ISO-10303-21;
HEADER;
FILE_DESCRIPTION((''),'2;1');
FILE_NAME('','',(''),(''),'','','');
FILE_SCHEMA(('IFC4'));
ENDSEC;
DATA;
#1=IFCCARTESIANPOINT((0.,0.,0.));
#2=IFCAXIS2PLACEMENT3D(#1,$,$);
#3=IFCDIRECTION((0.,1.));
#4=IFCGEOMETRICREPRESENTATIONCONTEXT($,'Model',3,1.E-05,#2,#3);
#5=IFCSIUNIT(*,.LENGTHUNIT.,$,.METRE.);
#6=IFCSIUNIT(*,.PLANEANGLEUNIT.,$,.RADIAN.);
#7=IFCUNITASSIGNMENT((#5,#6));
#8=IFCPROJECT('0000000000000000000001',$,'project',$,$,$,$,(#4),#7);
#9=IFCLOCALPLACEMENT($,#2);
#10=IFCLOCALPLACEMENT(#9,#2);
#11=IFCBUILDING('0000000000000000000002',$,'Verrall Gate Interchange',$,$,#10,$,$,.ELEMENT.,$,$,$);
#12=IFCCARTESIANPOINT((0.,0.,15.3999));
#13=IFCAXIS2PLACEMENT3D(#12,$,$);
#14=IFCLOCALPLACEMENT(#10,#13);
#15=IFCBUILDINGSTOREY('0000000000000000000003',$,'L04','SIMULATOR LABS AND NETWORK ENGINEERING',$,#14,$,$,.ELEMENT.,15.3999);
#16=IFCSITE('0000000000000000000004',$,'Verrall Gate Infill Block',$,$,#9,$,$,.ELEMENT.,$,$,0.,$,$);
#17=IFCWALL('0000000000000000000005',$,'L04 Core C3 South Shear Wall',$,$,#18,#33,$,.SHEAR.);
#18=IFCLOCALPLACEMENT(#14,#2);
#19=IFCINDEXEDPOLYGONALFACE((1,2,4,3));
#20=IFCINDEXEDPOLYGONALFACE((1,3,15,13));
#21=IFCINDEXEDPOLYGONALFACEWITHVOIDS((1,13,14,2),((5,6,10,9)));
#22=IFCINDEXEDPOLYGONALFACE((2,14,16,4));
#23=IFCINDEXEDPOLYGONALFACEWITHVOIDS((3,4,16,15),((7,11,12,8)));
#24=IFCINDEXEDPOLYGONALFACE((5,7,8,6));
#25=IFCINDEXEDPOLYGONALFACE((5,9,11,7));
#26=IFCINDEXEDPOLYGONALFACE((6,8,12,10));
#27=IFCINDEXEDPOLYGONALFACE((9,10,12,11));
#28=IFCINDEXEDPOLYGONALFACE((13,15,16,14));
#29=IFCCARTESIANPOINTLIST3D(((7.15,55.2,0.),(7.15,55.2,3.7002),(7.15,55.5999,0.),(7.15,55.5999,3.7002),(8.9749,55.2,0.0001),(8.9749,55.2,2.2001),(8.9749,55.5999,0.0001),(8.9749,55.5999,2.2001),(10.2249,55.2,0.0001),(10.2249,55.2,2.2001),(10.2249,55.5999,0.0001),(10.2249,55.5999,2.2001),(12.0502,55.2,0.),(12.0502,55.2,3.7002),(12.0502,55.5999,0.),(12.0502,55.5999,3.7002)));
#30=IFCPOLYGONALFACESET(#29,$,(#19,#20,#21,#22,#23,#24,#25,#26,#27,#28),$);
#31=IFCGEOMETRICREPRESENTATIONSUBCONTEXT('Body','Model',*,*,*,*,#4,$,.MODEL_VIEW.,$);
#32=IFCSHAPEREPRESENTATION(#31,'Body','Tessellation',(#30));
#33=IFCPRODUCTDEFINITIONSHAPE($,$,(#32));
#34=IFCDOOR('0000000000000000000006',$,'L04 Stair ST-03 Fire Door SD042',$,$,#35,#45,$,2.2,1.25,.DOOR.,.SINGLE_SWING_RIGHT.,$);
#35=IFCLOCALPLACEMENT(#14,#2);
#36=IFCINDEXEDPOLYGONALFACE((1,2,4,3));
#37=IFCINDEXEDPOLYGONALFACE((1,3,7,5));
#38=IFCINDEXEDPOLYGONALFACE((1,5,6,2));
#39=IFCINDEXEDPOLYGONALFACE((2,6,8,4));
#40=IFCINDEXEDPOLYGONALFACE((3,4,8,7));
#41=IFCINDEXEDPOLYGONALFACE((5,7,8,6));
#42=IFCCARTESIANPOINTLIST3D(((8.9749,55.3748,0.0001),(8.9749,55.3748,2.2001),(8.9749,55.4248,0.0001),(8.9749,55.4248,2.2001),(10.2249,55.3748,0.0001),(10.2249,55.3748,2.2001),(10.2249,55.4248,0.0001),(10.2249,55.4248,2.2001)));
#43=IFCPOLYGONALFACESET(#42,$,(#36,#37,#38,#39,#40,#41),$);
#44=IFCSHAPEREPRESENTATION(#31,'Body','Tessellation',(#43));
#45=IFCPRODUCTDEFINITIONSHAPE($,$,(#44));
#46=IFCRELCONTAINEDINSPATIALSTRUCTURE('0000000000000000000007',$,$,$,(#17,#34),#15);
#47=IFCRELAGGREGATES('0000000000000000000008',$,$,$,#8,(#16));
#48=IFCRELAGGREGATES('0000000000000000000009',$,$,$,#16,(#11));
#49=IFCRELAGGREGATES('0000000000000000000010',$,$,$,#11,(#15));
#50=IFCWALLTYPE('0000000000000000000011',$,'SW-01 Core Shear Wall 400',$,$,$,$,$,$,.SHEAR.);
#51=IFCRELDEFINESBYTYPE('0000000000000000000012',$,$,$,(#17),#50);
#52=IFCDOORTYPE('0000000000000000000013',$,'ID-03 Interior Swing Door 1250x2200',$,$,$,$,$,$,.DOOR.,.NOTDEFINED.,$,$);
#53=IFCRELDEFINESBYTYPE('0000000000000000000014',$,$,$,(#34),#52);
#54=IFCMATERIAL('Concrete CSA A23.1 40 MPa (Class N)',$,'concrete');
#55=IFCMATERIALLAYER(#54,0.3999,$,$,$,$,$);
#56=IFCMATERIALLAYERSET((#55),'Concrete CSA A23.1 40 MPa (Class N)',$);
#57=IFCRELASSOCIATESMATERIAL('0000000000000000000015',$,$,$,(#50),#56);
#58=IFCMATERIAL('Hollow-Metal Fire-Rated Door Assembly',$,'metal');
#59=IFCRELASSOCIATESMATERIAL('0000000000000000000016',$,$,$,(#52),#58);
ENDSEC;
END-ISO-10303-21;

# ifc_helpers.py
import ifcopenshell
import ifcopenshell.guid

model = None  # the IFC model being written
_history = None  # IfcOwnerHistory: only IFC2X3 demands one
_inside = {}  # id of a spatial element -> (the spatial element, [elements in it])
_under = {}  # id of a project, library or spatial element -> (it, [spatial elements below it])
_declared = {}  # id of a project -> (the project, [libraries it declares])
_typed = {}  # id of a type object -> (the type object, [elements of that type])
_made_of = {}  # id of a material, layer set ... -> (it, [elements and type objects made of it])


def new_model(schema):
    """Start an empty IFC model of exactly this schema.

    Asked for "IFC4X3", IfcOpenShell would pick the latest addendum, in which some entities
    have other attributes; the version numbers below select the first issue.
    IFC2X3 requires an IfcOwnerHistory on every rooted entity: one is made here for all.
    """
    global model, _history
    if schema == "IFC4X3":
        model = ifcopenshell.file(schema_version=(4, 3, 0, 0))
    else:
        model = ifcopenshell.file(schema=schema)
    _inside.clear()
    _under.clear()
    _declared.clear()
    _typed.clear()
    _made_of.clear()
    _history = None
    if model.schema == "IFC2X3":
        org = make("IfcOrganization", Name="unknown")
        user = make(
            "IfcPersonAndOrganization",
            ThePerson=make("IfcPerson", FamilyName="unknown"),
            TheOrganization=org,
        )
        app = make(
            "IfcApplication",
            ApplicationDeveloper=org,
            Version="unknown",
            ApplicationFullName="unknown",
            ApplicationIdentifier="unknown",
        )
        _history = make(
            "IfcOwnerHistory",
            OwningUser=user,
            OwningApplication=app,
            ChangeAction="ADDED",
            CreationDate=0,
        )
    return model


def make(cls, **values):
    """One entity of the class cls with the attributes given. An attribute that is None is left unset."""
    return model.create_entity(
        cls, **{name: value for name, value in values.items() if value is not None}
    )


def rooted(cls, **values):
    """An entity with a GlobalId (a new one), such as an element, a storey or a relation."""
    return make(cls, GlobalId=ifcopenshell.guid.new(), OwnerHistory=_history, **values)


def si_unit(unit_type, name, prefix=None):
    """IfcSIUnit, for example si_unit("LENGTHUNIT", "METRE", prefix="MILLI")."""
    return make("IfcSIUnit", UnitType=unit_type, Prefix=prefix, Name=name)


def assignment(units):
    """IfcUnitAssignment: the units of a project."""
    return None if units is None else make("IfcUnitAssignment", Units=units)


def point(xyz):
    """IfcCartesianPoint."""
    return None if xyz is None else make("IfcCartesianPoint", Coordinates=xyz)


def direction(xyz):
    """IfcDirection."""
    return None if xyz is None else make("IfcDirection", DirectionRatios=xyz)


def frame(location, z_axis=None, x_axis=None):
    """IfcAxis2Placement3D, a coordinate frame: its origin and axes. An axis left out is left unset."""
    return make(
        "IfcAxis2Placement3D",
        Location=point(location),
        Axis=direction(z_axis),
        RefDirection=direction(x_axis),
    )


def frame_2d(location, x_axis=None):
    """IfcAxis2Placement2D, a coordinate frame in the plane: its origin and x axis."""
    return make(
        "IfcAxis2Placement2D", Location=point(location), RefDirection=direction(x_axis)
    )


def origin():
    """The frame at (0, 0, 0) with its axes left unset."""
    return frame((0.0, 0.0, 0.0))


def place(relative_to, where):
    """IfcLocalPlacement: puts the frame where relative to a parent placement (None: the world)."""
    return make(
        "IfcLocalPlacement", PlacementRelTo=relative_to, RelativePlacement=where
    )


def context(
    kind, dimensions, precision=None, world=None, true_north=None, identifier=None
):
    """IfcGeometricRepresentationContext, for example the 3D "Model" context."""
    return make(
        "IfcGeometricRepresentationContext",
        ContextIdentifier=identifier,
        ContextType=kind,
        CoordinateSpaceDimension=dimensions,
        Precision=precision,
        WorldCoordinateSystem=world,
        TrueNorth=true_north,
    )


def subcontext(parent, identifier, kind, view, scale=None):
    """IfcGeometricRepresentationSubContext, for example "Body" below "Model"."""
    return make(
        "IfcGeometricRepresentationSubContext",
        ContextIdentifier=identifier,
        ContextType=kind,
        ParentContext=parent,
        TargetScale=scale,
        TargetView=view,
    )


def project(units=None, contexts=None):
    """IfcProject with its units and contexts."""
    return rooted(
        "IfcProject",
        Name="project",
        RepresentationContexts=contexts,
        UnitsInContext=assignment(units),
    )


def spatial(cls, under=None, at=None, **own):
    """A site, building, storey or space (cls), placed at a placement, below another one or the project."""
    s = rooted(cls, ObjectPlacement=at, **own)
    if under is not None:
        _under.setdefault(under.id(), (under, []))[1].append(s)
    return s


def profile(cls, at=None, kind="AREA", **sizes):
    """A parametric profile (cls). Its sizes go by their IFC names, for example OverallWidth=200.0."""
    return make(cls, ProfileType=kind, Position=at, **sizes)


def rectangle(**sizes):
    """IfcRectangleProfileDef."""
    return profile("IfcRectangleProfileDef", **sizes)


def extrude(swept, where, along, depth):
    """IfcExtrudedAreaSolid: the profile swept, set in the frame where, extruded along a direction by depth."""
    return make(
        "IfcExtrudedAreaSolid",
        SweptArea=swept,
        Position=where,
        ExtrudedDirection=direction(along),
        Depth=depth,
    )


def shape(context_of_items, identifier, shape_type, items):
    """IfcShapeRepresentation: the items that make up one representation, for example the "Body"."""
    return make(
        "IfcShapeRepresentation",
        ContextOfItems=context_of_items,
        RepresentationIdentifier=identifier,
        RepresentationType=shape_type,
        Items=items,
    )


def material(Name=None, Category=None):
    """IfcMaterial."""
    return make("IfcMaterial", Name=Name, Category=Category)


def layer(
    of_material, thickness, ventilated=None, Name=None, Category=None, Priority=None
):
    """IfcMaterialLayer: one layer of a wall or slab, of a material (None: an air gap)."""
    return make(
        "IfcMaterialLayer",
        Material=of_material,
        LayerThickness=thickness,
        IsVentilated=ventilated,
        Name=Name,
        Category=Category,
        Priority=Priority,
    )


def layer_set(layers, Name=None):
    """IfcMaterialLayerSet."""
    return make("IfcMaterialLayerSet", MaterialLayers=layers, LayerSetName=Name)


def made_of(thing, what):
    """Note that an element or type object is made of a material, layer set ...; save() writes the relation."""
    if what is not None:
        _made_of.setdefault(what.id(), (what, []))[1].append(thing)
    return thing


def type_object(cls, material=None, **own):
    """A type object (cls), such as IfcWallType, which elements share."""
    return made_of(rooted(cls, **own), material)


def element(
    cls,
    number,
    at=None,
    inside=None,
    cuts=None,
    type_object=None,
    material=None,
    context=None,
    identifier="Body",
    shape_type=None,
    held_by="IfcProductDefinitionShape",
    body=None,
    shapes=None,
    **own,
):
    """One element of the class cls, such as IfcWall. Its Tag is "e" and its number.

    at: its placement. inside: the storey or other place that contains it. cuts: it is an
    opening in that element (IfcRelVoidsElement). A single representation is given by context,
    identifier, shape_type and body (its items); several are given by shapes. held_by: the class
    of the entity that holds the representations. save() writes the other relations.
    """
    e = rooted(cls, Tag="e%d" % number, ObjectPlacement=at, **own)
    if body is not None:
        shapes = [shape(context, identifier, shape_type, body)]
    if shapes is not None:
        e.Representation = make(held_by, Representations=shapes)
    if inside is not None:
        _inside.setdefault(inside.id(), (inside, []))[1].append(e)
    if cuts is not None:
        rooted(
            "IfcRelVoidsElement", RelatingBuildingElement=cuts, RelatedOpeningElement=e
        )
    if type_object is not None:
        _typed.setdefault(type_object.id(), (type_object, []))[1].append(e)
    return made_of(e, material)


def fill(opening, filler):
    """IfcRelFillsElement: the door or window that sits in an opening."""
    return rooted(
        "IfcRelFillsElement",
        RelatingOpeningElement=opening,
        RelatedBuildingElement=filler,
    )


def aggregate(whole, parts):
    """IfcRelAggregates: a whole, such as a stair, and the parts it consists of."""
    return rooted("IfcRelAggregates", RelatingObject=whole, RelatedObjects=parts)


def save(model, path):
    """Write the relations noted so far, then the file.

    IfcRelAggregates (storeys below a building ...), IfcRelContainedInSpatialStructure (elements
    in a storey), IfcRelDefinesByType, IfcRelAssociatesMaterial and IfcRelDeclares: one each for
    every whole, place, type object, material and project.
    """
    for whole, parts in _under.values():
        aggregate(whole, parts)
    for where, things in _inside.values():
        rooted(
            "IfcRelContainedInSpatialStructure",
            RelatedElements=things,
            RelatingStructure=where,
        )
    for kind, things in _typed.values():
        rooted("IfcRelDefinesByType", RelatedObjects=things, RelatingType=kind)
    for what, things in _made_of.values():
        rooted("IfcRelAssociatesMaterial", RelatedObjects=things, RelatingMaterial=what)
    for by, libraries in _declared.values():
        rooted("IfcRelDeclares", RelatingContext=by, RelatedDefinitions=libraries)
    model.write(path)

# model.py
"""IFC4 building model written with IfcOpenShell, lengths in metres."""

from ifc_helpers import new_model, si_unit, direction, frame, frame_2d, origin, place, context, subcontext, project, spatial, rectangle, extrude, material, layer, layer_set, type_object, element, fill, save


model = new_model("IFC4")

# Units and contexts
model_context = context("Model", 3, precision=1e-05, world=origin(), true_north=direction((0.0, 1.0)))
body_context = subcontext(model_context, "Body", "Model", "MODEL_VIEW")
ifc_project = project(units=[si_unit("LENGTHUNIT", "METRE"), si_unit("PLANEANGLEUNIT", "RADIAN")], contexts=[model_context])

# Site, building, storey
site_placement = place(None, origin())
site = spatial("IfcSite", under=ifc_project, at=site_placement, Name="Verrall Gate Infill Block", CompositionType="ELEMENT", RefElevation=0.0)
building_placement = place(site_placement, origin())
building = spatial("IfcBuilding", under=site, at=building_placement, Name="Verrall Gate Interchange", CompositionType="ELEMENT")
storey_placement = place(building_placement, frame((0.0, 0.0, 15.3999)))
storey = spatial("IfcBuildingStorey", under=building, at=storey_placement, Name="L04", Description="SIMULATOR LABS AND NETWORK ENGINEERING", CompositionType="ELEMENT", Elevation=15.3999)

# Wall, opening, door
ifc_material_1 = material(Name="Concrete CSA A23.1 40 MPa (Class N)", Category="concrete")
ifc_layer_1 = layer(ifc_material_1, 0.3999)
ifc_layer_set_1 = layer_set([ifc_layer_1], Name="Concrete CSA A23.1 40 MPa (Class N)")
wall_type_1 = type_object("IfcWallType", Name="SW-01 Core Shear Wall 400", PredefinedType="SHEAR", material=ifc_layer_set_1)
wall_1_placement = place(storey_placement, frame((7.1499, 55.3999, 0.0), z_axis=(0.0, 0.0, 1.0), x_axis=(1.0, 0.0, 0.0)))
wall_1 = element("IfcWall", 1, at=wall_1_placement, inside=storey, type_object=wall_type_1, Name="L04 Core C3 South Shear Wall", PredefinedType="SHEAR", context=body_context, shape_type="SweptSolid", body=[
    extrude(rectangle(XDim=4.9001, YDim=0.3999, at=frame_2d((2.4502, 0.0))), origin(), (0.0, 0.0, 1.0), 3.7002),
])
opening_placement = place(wall_1_placement, frame((1.825, 0.0, 0.0)))
opening = element("IfcOpeningElement", 2, at=opening_placement, cuts=wall_1, PredefinedType="OPENING", context=body_context, shape_type="SweptSolid", body=[
    extrude(rectangle(XDim=1.25, YDim=2.2, at=frame_2d((0.625, 1.1001))), frame((0.0, 0.2148, 0.0), z_axis=(0.0, -1.0, 0.0), x_axis=(1.0, 0.0, 0.0)), (0.0, 0.0, 1.0), 0.4297),
])
ifc_material_2 = material(Name="Hollow-Metal Fire-Rated Door Assembly", Category="metal")
door_type = type_object("IfcDoorType", Name="ID-03 Interior Swing Door 1250x2200", OperationType="NOTDEFINED", PredefinedType="DOOR", material=ifc_material_2)
door_placement = place(opening_placement, origin())
door = element("IfcDoor", 3, at=door_placement, inside=storey, type_object=door_type, Name="L04 Stair ST-03 Fire Door SD042", OperationType="SINGLE_SWING_RIGHT", OverallHeight=2.2, OverallWidth=1.25, PredefinedType="DOOR", context=body_context, shape_type="SweptSolid", body=[
    extrude(rectangle(XDim=1.25, YDim=2.2, at=frame_2d((0.625, 1.1001))), frame((0.0, 0.0249, 0.0), z_axis=(0.0, -1.0, 0.0), x_axis=(1.0, 0.0, 0.0)), (0.0, 0.0, 1.0), 0.05),
])
fill(opening, door)

save(model, "model.ifc")
